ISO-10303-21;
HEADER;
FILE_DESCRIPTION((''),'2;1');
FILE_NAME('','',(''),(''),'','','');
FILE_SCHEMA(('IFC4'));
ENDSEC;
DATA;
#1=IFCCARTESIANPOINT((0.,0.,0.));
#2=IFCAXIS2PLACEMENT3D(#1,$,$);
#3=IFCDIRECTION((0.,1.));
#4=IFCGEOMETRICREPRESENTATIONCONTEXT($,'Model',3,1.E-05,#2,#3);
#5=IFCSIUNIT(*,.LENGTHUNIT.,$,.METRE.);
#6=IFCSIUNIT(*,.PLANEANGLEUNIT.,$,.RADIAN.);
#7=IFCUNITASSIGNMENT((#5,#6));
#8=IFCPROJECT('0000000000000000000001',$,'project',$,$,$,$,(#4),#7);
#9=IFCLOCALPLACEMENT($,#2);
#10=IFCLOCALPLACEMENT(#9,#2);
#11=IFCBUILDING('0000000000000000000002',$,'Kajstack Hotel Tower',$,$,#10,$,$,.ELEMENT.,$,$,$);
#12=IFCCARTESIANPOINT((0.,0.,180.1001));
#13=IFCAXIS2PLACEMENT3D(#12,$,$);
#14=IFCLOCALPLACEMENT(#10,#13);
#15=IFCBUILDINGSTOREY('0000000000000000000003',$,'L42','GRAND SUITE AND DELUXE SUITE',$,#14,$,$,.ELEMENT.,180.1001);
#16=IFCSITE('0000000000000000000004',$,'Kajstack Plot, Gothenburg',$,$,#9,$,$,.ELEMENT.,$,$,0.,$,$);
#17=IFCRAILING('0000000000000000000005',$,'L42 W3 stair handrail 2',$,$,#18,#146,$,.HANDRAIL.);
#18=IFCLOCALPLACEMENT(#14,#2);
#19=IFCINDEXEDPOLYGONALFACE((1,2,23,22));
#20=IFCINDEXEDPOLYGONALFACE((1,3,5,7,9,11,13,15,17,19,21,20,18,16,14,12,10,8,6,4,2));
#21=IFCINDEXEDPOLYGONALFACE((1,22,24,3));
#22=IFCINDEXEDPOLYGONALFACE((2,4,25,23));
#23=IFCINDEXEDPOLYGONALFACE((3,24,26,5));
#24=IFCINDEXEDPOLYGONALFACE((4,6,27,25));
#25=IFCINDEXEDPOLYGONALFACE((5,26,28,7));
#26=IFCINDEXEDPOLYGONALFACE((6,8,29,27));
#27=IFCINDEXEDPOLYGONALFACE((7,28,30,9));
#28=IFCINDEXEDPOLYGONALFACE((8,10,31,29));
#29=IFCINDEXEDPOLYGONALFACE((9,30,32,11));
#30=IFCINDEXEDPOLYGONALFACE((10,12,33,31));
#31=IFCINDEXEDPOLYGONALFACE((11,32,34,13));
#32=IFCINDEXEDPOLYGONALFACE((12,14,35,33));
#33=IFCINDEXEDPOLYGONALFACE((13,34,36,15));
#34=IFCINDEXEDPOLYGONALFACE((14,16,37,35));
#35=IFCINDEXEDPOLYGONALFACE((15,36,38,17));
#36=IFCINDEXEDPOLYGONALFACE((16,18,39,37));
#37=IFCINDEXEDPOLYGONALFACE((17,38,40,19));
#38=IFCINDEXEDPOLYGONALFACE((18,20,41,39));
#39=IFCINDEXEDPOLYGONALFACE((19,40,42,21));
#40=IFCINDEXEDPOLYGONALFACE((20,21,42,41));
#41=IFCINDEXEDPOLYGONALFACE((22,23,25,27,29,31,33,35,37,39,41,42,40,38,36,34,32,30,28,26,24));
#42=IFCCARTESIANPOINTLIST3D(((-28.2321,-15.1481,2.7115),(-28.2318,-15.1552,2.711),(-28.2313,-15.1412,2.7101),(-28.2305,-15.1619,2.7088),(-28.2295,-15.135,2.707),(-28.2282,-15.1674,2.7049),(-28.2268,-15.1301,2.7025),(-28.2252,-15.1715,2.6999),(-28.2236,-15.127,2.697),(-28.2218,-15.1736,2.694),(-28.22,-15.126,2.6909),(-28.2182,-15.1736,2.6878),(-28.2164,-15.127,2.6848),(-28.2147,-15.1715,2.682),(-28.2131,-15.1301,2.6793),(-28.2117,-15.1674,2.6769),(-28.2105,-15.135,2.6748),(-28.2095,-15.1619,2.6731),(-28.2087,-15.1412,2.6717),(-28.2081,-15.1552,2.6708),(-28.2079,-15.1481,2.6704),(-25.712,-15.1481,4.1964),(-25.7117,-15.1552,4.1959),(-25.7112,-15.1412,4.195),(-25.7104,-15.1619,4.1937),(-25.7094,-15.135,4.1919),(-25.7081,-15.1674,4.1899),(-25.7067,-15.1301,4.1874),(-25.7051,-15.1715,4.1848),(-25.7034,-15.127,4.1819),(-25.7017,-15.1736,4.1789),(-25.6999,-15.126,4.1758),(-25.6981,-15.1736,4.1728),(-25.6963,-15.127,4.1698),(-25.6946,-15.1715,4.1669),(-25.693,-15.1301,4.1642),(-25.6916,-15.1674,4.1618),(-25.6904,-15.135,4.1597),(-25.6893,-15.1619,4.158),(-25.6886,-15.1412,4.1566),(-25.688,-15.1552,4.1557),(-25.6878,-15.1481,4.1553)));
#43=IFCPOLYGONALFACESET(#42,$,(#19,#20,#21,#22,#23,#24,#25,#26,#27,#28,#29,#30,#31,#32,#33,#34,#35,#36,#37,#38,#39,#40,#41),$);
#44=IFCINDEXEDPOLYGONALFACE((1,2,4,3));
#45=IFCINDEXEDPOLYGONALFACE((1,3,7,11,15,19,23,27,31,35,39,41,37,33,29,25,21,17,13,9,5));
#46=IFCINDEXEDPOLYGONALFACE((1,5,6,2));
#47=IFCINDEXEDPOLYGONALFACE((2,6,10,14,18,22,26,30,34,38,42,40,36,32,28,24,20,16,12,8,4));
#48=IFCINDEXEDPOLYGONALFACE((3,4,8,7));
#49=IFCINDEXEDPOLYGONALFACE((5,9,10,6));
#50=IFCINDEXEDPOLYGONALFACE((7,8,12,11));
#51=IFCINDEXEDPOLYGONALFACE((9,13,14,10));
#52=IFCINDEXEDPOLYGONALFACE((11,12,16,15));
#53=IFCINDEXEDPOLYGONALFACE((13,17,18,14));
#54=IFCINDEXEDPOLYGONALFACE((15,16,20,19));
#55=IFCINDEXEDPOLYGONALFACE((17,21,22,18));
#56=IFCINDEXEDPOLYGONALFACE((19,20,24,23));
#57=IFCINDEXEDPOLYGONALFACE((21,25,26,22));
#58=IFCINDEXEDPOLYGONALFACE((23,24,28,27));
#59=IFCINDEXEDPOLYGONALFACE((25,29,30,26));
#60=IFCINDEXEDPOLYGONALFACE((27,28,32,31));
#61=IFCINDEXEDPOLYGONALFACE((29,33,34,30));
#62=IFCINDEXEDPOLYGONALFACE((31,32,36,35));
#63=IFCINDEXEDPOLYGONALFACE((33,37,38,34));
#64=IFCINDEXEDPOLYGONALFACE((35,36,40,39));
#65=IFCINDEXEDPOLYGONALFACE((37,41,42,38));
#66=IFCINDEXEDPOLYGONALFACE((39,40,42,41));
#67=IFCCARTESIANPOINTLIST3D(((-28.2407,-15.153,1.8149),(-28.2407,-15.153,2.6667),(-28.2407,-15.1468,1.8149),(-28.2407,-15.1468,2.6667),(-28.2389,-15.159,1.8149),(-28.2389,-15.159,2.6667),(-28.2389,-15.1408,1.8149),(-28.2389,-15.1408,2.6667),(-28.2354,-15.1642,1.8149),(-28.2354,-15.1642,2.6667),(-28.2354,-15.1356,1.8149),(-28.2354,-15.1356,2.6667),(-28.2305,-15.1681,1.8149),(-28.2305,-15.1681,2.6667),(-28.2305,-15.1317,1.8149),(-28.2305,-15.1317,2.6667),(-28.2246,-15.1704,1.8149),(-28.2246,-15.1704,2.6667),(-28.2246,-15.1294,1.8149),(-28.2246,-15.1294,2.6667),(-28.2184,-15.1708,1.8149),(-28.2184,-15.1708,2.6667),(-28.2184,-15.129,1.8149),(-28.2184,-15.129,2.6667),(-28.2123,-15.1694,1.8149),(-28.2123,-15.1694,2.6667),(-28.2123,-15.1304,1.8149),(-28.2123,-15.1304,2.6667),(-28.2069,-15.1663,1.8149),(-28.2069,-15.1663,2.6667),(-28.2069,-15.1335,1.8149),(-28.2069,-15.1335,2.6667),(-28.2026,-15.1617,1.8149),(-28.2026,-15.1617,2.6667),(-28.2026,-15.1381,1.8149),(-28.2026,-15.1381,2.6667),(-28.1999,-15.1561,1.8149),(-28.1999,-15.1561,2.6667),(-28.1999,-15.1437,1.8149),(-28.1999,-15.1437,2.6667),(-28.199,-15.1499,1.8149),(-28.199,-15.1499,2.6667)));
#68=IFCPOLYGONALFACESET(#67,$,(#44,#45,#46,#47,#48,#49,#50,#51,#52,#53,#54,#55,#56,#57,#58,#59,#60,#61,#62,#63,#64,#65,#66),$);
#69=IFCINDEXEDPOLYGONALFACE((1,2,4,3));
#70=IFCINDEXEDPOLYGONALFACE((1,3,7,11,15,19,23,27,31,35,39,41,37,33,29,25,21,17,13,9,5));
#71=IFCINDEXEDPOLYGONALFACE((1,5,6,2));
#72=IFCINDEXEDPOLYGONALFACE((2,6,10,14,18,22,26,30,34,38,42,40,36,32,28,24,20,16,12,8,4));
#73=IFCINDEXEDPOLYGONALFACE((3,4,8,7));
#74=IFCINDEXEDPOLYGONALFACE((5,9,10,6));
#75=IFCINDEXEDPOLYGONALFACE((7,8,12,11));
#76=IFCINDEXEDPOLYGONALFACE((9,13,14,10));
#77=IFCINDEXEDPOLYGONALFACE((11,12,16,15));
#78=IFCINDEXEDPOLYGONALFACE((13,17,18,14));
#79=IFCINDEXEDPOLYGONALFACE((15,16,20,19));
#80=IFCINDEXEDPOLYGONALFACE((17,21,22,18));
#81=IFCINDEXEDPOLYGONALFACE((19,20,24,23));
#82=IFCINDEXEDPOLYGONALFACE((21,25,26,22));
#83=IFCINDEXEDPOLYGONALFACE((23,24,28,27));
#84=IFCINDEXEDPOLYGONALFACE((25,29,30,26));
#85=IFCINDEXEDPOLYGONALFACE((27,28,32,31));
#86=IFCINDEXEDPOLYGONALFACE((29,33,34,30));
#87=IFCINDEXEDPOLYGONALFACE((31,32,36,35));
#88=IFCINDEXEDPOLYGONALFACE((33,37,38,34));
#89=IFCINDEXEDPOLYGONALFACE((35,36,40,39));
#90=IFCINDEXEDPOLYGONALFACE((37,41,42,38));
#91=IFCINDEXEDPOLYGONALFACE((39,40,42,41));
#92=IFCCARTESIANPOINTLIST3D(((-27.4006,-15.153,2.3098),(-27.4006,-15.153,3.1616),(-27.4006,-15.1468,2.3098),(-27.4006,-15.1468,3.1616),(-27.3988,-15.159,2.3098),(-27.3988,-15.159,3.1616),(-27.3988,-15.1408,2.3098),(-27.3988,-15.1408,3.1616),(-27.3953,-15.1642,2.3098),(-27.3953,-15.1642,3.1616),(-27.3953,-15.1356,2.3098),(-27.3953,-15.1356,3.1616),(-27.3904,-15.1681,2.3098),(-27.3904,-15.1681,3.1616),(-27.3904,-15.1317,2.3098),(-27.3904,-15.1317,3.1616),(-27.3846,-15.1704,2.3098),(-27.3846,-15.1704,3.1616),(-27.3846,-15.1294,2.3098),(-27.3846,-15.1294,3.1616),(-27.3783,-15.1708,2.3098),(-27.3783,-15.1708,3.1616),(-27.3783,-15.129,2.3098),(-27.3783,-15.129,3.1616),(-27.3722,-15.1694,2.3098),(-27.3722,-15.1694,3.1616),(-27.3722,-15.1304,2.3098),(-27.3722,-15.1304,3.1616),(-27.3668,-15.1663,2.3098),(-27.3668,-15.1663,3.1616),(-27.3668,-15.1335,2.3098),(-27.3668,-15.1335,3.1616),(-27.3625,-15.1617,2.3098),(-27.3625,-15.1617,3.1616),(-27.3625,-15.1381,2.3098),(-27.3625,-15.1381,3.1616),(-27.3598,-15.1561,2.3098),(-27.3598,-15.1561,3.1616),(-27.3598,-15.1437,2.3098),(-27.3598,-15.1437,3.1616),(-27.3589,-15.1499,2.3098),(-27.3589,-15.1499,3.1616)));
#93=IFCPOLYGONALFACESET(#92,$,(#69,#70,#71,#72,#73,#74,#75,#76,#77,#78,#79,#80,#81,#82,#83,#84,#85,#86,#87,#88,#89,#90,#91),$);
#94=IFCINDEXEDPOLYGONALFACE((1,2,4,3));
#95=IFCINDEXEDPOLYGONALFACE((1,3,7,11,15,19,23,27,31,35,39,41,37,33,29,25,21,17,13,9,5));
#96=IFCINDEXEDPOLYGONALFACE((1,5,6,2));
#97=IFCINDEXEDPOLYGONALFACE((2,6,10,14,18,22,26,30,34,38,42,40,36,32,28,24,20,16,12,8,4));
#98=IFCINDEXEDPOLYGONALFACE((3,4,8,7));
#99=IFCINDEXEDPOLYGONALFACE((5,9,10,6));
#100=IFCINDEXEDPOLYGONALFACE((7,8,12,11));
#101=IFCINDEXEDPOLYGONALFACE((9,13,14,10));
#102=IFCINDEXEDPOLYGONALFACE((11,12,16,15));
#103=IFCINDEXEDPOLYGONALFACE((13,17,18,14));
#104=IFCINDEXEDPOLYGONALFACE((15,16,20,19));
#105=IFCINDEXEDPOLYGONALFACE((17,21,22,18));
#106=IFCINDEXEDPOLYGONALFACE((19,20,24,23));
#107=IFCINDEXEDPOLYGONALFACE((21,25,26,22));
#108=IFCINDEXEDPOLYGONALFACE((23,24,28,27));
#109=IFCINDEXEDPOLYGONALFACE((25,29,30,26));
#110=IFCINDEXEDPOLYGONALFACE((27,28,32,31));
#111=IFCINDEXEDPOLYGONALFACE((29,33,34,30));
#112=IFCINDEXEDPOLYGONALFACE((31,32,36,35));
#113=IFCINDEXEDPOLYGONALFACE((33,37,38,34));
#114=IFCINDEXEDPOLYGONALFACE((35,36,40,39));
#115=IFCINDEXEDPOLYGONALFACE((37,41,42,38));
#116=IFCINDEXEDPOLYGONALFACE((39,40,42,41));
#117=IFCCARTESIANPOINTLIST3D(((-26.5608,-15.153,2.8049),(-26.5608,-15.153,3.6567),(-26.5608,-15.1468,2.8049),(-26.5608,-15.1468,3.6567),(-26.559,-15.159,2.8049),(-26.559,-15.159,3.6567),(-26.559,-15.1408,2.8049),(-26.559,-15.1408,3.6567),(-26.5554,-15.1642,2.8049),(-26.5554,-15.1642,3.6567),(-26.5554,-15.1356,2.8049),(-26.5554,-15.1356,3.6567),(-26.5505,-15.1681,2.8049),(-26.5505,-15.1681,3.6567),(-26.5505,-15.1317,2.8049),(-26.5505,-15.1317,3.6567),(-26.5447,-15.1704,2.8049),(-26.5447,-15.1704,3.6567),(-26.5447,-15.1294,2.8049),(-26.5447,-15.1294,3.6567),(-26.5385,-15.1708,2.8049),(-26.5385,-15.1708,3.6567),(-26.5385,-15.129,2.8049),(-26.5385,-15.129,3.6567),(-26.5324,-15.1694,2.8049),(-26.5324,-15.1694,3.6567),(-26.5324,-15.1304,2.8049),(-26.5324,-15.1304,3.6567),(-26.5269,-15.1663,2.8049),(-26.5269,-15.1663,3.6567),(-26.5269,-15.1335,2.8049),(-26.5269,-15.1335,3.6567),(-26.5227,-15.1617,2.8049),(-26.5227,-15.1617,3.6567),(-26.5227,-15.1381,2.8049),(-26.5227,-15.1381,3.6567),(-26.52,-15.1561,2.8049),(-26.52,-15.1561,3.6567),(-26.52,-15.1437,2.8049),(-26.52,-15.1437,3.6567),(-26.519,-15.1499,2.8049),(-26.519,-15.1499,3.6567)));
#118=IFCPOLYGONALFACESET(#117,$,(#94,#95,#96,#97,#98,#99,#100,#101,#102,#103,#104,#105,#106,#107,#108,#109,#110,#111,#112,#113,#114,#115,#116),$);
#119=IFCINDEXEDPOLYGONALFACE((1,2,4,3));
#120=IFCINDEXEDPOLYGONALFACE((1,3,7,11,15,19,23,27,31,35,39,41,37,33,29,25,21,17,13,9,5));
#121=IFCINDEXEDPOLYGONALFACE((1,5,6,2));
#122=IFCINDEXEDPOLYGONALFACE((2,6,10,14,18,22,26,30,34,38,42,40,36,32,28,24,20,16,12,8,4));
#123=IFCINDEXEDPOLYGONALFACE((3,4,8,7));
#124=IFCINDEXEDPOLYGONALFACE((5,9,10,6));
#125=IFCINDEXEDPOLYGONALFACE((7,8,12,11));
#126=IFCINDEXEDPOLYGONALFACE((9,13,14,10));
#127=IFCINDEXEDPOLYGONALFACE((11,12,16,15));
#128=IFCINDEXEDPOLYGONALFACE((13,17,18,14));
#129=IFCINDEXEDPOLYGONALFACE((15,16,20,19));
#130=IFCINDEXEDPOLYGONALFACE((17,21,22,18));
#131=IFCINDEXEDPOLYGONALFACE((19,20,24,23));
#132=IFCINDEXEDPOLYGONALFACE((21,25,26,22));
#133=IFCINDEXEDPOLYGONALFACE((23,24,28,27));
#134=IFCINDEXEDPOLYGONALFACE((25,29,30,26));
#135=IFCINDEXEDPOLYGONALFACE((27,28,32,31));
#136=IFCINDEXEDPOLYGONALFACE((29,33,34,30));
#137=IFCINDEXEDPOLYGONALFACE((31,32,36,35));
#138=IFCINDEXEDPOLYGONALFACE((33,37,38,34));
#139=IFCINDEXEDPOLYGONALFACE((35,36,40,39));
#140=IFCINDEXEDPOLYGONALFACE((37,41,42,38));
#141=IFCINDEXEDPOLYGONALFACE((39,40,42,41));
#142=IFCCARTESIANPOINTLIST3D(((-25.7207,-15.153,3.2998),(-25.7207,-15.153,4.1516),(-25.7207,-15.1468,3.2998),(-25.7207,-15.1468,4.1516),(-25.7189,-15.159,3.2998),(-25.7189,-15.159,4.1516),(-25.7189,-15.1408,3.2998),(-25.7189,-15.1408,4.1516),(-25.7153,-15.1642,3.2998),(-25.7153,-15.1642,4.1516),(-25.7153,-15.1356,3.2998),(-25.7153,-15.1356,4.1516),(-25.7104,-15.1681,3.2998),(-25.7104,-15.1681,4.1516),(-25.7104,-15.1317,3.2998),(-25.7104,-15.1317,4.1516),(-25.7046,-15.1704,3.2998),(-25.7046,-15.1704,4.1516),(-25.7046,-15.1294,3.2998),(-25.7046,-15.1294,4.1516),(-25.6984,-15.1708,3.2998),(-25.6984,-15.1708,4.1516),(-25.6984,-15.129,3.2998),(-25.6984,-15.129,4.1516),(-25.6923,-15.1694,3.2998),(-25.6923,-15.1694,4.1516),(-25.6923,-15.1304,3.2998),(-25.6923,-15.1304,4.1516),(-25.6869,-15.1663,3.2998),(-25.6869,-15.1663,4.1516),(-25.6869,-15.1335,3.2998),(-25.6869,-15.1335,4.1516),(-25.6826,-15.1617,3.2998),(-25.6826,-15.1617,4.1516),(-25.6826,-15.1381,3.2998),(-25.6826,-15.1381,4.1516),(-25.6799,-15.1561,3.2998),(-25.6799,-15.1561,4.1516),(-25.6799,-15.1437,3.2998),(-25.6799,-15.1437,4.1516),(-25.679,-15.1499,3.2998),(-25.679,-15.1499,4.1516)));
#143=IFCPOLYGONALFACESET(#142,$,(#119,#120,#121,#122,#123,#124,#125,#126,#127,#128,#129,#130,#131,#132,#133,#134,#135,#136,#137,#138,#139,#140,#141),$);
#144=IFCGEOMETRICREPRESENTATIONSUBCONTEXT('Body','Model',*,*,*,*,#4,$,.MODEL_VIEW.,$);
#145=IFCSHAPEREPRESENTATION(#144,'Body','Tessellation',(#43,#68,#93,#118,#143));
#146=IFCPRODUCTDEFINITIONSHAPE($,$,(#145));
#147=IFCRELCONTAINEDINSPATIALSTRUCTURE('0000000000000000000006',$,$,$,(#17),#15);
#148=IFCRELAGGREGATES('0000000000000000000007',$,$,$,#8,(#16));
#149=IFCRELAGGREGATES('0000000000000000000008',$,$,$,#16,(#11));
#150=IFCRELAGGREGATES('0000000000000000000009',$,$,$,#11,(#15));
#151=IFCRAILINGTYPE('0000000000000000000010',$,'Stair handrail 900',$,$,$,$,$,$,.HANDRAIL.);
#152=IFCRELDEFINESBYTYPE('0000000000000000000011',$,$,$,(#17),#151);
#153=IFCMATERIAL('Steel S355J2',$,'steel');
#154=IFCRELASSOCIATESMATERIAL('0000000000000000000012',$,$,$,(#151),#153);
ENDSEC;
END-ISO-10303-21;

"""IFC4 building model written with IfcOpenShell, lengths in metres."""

from ifc_helpers import new_model, si_unit, direction, frame, origin, origin_2d, place, context, subcontext, project, spatial, circle, extrude, material, type_object, element, save


model = new_model("IFC4")

# Units and contexts
model_context = context("Model", 3, precision=1e-05, world=origin(), true_north=direction((0.0, 1.0)))
body_context = subcontext(model_context, "Body", "Model", "MODEL_VIEW")
ifc_project = project(units=[si_unit("LENGTHUNIT", "METRE"), si_unit("PLANEANGLEUNIT", "RADIAN")], contexts=[model_context])

# Site, building, storey
site_placement = place(None, origin())
site = spatial("IfcSite", under=ifc_project, at=site_placement, Name="Kajstack Plot, Gothenburg", CompositionType="ELEMENT", RefElevation=0.0)
building_placement = place(site_placement, origin())
building = spatial("IfcBuilding", under=site, at=building_placement, Name="Kajstack Hotel Tower", CompositionType="ELEMENT")
storey_placement = place(building_placement, frame((0.0, 0.0, 180.1001)))
storey = spatial("IfcBuildingStorey", under=building, at=storey_placement, Name="L42", Description="GRAND SUITE AND DELUXE SUITE", CompositionType="ELEMENT", Elevation=180.1001)

# Railing
ifc_material_1 = material(Name="Steel S355J2", Category="steel")
railing_type_1 = type_object("IfcRailingType", Name="Stair handrail 900", PredefinedType="HANDRAIL", material=ifc_material_1)
railing_1_placement = place(storey_placement, frame((-28.22, -15.1499, 1.8149)))
element("IfcRailing", 1, at=railing_1_placement, inside=storey, type_object=railing_type_1, Name="L42 W3 stair handrail 2", PredefinedType="HANDRAIL", context=body_context, shape_type="SweptSolid", body=[
    extrude(circle(Radius=0.0239, at=origin_2d()), frame((0.0, 0.0, 0.876), z_axis=(0.861561, 0.0, 0.507655), x_axis=(0.0, 1.0, 0.0)), (0.0, 0.0, 1.0), 2.925),
    extrude(circle(Radius=0.021, at=origin_2d()), origin(), (0.0, 0.0, 1.0), 0.8518),
    extrude(circle(Radius=0.021, at=origin_2d()), frame((0.8401, 0.0, 0.4949)), (0.0, 0.0, 1.0), 0.8518),
    extrude(circle(Radius=0.021, at=origin_2d()), frame((1.6799, 0.0, 0.99)), (0.0, 0.0, 1.0), 0.8518),
    extrude(circle(Radius=0.021, at=origin_2d()), frame((2.52, 0.0, 1.4849)), (0.0, 0.0, 1.0), 0.8518),
])

save(model, "model.ifc")
